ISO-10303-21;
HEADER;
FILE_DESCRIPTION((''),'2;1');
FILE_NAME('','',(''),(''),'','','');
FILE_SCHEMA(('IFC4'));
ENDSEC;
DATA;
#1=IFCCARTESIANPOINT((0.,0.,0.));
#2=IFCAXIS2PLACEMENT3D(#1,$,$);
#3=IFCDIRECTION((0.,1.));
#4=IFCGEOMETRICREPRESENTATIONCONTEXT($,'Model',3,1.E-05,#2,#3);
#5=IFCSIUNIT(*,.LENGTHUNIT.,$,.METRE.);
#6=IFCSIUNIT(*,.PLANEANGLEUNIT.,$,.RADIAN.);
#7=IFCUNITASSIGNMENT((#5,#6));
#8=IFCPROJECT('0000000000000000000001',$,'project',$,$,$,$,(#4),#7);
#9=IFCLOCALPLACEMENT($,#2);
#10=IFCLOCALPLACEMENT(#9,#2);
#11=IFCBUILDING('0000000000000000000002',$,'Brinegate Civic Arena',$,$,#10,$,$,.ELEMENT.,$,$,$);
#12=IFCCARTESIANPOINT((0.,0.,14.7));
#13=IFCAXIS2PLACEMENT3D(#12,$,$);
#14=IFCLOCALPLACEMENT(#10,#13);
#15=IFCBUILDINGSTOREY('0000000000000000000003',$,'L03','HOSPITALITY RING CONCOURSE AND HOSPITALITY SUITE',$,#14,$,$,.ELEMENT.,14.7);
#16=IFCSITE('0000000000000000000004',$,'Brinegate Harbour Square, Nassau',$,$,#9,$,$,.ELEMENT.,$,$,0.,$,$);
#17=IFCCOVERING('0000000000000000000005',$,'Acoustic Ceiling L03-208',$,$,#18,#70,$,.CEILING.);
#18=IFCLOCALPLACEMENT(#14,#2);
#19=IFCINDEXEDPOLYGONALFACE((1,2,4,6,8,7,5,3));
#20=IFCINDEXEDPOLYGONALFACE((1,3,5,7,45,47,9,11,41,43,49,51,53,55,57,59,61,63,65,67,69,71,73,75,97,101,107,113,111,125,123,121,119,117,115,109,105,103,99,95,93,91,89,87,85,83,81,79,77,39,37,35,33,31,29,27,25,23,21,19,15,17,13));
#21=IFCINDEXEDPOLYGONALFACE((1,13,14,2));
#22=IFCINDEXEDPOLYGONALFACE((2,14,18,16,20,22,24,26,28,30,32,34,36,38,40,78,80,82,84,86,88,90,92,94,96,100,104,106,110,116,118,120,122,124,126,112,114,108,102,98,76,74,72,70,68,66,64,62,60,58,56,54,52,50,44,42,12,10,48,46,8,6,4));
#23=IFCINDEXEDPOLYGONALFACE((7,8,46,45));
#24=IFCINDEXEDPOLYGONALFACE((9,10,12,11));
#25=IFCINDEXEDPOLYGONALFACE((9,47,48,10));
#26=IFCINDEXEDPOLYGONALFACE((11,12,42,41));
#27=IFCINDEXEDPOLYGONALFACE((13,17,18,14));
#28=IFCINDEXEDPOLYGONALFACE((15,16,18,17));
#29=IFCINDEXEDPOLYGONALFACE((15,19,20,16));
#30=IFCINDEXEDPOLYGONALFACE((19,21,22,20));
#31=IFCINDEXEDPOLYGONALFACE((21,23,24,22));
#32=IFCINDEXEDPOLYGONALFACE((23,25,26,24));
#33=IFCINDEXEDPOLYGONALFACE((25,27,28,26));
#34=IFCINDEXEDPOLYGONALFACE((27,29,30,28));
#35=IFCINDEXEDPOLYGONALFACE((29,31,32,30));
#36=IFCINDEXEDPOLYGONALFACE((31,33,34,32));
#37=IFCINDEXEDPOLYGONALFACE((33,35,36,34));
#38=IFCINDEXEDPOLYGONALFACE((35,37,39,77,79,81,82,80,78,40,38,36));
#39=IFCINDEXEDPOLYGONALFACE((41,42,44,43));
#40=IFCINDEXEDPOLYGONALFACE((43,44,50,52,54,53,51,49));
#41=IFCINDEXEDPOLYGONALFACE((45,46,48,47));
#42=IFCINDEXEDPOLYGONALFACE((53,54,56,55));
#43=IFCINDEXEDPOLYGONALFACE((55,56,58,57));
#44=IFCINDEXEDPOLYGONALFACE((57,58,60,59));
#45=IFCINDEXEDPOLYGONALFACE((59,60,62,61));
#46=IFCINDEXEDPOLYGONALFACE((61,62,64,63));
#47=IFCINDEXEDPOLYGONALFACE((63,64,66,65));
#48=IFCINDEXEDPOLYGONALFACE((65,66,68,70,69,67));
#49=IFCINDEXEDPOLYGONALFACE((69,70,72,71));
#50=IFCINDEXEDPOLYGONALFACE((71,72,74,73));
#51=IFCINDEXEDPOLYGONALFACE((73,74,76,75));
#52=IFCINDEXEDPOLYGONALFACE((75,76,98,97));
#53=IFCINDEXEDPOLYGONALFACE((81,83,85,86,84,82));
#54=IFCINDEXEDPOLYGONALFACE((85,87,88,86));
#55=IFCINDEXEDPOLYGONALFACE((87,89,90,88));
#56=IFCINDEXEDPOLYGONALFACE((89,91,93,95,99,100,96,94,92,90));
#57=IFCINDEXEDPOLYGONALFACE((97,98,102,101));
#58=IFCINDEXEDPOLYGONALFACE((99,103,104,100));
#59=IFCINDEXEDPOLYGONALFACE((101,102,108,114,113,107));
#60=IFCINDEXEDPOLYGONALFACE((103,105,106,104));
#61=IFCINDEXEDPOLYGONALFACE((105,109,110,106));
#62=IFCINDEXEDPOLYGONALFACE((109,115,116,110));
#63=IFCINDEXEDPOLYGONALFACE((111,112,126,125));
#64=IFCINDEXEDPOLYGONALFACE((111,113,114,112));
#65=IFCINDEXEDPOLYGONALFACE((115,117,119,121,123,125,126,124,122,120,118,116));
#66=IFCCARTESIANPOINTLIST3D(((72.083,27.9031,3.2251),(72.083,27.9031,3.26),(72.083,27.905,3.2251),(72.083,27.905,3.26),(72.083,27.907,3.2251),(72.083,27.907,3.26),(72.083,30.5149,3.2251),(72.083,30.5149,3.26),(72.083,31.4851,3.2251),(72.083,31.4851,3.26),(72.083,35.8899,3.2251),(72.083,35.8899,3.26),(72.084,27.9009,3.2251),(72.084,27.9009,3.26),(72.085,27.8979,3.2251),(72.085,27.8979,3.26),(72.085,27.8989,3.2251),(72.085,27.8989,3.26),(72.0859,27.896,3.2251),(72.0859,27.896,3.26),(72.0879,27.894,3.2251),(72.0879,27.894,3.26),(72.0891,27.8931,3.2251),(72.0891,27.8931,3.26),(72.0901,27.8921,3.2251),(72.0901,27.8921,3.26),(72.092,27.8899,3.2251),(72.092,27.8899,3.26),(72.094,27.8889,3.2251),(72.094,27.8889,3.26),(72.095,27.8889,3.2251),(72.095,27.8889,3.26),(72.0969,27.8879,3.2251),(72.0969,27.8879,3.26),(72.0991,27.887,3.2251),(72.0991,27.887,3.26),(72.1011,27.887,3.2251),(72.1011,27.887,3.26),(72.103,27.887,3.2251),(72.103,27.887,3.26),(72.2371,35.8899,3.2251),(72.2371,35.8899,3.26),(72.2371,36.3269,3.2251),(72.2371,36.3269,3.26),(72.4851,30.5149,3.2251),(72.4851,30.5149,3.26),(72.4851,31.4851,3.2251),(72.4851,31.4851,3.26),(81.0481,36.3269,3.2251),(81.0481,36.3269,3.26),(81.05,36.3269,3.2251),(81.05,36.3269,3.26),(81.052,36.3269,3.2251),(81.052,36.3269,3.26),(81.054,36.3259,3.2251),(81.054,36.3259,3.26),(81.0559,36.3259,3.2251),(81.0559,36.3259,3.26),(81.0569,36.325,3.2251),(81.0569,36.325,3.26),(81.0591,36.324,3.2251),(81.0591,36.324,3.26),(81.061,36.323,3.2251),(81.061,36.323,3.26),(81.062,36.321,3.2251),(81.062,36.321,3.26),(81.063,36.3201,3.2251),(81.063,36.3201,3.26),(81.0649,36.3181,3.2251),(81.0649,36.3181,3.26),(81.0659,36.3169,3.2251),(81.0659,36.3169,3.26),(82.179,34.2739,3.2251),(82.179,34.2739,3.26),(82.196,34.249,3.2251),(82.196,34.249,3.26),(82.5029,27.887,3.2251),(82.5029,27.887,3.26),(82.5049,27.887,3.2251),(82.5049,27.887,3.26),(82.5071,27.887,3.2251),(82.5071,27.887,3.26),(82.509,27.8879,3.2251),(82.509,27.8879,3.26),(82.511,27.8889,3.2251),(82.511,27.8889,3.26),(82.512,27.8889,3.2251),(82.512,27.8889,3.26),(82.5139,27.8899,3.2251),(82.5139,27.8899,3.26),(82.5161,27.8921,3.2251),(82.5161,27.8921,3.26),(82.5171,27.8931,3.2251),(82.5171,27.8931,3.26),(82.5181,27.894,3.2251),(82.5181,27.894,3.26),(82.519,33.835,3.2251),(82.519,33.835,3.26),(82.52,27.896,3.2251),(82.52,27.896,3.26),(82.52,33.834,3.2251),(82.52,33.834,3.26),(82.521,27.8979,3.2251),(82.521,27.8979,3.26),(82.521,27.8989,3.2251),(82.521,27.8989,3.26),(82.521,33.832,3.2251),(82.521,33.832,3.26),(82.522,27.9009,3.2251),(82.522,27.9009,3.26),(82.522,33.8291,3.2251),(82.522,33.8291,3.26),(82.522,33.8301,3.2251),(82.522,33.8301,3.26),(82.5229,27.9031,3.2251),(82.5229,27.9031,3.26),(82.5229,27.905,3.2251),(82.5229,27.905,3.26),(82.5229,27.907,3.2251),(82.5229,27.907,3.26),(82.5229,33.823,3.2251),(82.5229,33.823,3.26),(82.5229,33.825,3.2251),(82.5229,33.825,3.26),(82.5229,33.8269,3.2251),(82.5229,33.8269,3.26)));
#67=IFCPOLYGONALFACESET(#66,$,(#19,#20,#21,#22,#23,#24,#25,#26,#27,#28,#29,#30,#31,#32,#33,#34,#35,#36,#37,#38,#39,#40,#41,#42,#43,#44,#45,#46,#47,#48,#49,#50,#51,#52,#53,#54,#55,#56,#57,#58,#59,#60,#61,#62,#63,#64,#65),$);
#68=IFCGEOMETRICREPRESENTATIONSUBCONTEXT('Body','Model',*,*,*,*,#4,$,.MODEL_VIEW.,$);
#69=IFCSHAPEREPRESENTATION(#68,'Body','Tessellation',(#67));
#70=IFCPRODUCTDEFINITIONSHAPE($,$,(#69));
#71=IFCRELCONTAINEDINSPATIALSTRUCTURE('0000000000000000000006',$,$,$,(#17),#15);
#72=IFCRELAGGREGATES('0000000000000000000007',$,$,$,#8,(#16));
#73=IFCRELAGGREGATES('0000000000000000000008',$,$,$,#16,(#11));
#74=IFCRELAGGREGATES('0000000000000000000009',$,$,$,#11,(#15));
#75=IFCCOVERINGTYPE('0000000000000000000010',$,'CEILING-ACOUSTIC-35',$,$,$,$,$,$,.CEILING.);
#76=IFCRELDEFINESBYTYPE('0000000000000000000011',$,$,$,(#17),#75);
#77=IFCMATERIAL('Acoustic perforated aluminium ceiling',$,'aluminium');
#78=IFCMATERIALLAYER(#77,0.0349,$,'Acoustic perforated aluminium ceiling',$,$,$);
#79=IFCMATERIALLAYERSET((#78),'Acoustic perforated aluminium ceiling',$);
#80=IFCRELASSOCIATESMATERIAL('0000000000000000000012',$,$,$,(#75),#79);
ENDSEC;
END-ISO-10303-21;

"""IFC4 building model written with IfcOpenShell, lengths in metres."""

from ifc_helpers import new_model, si_unit, direction, frame, origin, place, context, subcontext, project, spatial, polyline, outline, extrude, material, layer, layer_set, type_object, element, save


model = new_model("IFC4")

# Units and contexts
model_context = context("Model", 3, precision=1e-05, world=origin(), true_north=direction((0.0, 1.0)))
body_context = subcontext(model_context, "Body", "Model", "MODEL_VIEW")
ifc_project = project(units=[si_unit("LENGTHUNIT", "METRE"), si_unit("PLANEANGLEUNIT", "RADIAN")], contexts=[model_context])

# Site, building, storey
site_placement = place(None, origin())
site = spatial("IfcSite", under=ifc_project, at=site_placement, Name="Brinegate Harbour Square, Nassau", CompositionType="ELEMENT", RefElevation=0.0)
building_placement = place(site_placement, origin())
building = spatial("IfcBuilding", under=site, at=building_placement, Name="Brinegate Civic Arena", CompositionType="ELEMENT")
storey_placement = place(building_placement, frame((0.0, 0.0, 14.7)))
storey = spatial("IfcBuildingStorey", under=building, at=storey_placement, Name="L03", Description="HOSPITALITY RING CONCOURSE AND HOSPITALITY SUITE", CompositionType="ELEMENT", Elevation=14.7)

# Covering
ifc_material_1 = material(Name="Acoustic perforated aluminium ceiling", Category="aluminium")
ifc_layer_1 = layer(ifc_material_1, 0.0349, Name="Acoustic perforated aluminium ceiling")
ifc_layer_set_1 = layer_set([ifc_layer_1], Name="Acoustic perforated aluminium ceiling")
covering_type_1 = type_object("IfcCoveringType", Name="CEILING-ACOUSTIC-35", PredefinedType="CEILING", material=ifc_layer_set_1)
covering_1_placement = place(storey_placement, frame((0.0, 0.0, 3.2251)))
element("IfcCovering", 1, at=covering_1_placement, inside=storey, type_object=covering_type_1, Name="Acoustic Ceiling L03-208", PredefinedType="CEILING", context=body_context, shape_type="SweptSolid", body=[
    extrude(outline(polyline([(72.0991, 27.887), (72.0969, 27.8879), (72.095, 27.8889), (72.094, 27.8889), (72.092, 27.8899), (72.0901, 27.8921), (72.0891, 27.8931), (72.0879, 27.894), (72.0859, 27.896), (72.085, 27.8979), (72.085, 27.8989), (72.084, 27.9009), (72.083, 27.9031), (72.083, 27.905), (72.083, 27.907), (72.083, 30.5149), (72.4851, 30.5149), (72.4851, 31.4851), (72.083, 31.4851), (72.083, 35.8899), (72.2371, 35.8899), (72.2371, 36.3269), (81.0481, 36.3269), (81.05, 36.3269), (81.052, 36.3269), (81.054, 36.3259), (81.0559, 36.3259), (81.0569, 36.325), (81.0591, 36.324), (81.061, 36.323), (81.062, 36.321), (81.063, 36.3201), (81.0649, 36.3181), (81.0659, 36.3169), (82.179, 34.2739), (82.196, 34.249), (82.519, 33.835), (82.52, 33.834), (82.521, 33.832), (82.522, 33.8301), (82.522, 33.8291), (82.5229, 33.8269), (82.5229, 33.825), (82.5229, 33.823), (82.5229, 27.907), (82.5229, 27.905), (82.5229, 27.9031), (82.522, 27.9009), (82.521, 27.8989), (82.521, 27.8979), (82.52, 27.896), (82.5181, 27.894), (82.5171, 27.8931), (82.5161, 27.8921), (82.5139, 27.8899), (82.512, 27.8889), (82.511, 27.8889), (82.509, 27.8879), (82.5071, 27.887), (82.5049, 27.887), (82.5029, 27.887), (72.103, 27.887), (72.1011, 27.887), (72.0991, 27.887)])), origin(), (0.0, 0.0, 1.0), 0.0349),
])

save(model, "model.ifc")
